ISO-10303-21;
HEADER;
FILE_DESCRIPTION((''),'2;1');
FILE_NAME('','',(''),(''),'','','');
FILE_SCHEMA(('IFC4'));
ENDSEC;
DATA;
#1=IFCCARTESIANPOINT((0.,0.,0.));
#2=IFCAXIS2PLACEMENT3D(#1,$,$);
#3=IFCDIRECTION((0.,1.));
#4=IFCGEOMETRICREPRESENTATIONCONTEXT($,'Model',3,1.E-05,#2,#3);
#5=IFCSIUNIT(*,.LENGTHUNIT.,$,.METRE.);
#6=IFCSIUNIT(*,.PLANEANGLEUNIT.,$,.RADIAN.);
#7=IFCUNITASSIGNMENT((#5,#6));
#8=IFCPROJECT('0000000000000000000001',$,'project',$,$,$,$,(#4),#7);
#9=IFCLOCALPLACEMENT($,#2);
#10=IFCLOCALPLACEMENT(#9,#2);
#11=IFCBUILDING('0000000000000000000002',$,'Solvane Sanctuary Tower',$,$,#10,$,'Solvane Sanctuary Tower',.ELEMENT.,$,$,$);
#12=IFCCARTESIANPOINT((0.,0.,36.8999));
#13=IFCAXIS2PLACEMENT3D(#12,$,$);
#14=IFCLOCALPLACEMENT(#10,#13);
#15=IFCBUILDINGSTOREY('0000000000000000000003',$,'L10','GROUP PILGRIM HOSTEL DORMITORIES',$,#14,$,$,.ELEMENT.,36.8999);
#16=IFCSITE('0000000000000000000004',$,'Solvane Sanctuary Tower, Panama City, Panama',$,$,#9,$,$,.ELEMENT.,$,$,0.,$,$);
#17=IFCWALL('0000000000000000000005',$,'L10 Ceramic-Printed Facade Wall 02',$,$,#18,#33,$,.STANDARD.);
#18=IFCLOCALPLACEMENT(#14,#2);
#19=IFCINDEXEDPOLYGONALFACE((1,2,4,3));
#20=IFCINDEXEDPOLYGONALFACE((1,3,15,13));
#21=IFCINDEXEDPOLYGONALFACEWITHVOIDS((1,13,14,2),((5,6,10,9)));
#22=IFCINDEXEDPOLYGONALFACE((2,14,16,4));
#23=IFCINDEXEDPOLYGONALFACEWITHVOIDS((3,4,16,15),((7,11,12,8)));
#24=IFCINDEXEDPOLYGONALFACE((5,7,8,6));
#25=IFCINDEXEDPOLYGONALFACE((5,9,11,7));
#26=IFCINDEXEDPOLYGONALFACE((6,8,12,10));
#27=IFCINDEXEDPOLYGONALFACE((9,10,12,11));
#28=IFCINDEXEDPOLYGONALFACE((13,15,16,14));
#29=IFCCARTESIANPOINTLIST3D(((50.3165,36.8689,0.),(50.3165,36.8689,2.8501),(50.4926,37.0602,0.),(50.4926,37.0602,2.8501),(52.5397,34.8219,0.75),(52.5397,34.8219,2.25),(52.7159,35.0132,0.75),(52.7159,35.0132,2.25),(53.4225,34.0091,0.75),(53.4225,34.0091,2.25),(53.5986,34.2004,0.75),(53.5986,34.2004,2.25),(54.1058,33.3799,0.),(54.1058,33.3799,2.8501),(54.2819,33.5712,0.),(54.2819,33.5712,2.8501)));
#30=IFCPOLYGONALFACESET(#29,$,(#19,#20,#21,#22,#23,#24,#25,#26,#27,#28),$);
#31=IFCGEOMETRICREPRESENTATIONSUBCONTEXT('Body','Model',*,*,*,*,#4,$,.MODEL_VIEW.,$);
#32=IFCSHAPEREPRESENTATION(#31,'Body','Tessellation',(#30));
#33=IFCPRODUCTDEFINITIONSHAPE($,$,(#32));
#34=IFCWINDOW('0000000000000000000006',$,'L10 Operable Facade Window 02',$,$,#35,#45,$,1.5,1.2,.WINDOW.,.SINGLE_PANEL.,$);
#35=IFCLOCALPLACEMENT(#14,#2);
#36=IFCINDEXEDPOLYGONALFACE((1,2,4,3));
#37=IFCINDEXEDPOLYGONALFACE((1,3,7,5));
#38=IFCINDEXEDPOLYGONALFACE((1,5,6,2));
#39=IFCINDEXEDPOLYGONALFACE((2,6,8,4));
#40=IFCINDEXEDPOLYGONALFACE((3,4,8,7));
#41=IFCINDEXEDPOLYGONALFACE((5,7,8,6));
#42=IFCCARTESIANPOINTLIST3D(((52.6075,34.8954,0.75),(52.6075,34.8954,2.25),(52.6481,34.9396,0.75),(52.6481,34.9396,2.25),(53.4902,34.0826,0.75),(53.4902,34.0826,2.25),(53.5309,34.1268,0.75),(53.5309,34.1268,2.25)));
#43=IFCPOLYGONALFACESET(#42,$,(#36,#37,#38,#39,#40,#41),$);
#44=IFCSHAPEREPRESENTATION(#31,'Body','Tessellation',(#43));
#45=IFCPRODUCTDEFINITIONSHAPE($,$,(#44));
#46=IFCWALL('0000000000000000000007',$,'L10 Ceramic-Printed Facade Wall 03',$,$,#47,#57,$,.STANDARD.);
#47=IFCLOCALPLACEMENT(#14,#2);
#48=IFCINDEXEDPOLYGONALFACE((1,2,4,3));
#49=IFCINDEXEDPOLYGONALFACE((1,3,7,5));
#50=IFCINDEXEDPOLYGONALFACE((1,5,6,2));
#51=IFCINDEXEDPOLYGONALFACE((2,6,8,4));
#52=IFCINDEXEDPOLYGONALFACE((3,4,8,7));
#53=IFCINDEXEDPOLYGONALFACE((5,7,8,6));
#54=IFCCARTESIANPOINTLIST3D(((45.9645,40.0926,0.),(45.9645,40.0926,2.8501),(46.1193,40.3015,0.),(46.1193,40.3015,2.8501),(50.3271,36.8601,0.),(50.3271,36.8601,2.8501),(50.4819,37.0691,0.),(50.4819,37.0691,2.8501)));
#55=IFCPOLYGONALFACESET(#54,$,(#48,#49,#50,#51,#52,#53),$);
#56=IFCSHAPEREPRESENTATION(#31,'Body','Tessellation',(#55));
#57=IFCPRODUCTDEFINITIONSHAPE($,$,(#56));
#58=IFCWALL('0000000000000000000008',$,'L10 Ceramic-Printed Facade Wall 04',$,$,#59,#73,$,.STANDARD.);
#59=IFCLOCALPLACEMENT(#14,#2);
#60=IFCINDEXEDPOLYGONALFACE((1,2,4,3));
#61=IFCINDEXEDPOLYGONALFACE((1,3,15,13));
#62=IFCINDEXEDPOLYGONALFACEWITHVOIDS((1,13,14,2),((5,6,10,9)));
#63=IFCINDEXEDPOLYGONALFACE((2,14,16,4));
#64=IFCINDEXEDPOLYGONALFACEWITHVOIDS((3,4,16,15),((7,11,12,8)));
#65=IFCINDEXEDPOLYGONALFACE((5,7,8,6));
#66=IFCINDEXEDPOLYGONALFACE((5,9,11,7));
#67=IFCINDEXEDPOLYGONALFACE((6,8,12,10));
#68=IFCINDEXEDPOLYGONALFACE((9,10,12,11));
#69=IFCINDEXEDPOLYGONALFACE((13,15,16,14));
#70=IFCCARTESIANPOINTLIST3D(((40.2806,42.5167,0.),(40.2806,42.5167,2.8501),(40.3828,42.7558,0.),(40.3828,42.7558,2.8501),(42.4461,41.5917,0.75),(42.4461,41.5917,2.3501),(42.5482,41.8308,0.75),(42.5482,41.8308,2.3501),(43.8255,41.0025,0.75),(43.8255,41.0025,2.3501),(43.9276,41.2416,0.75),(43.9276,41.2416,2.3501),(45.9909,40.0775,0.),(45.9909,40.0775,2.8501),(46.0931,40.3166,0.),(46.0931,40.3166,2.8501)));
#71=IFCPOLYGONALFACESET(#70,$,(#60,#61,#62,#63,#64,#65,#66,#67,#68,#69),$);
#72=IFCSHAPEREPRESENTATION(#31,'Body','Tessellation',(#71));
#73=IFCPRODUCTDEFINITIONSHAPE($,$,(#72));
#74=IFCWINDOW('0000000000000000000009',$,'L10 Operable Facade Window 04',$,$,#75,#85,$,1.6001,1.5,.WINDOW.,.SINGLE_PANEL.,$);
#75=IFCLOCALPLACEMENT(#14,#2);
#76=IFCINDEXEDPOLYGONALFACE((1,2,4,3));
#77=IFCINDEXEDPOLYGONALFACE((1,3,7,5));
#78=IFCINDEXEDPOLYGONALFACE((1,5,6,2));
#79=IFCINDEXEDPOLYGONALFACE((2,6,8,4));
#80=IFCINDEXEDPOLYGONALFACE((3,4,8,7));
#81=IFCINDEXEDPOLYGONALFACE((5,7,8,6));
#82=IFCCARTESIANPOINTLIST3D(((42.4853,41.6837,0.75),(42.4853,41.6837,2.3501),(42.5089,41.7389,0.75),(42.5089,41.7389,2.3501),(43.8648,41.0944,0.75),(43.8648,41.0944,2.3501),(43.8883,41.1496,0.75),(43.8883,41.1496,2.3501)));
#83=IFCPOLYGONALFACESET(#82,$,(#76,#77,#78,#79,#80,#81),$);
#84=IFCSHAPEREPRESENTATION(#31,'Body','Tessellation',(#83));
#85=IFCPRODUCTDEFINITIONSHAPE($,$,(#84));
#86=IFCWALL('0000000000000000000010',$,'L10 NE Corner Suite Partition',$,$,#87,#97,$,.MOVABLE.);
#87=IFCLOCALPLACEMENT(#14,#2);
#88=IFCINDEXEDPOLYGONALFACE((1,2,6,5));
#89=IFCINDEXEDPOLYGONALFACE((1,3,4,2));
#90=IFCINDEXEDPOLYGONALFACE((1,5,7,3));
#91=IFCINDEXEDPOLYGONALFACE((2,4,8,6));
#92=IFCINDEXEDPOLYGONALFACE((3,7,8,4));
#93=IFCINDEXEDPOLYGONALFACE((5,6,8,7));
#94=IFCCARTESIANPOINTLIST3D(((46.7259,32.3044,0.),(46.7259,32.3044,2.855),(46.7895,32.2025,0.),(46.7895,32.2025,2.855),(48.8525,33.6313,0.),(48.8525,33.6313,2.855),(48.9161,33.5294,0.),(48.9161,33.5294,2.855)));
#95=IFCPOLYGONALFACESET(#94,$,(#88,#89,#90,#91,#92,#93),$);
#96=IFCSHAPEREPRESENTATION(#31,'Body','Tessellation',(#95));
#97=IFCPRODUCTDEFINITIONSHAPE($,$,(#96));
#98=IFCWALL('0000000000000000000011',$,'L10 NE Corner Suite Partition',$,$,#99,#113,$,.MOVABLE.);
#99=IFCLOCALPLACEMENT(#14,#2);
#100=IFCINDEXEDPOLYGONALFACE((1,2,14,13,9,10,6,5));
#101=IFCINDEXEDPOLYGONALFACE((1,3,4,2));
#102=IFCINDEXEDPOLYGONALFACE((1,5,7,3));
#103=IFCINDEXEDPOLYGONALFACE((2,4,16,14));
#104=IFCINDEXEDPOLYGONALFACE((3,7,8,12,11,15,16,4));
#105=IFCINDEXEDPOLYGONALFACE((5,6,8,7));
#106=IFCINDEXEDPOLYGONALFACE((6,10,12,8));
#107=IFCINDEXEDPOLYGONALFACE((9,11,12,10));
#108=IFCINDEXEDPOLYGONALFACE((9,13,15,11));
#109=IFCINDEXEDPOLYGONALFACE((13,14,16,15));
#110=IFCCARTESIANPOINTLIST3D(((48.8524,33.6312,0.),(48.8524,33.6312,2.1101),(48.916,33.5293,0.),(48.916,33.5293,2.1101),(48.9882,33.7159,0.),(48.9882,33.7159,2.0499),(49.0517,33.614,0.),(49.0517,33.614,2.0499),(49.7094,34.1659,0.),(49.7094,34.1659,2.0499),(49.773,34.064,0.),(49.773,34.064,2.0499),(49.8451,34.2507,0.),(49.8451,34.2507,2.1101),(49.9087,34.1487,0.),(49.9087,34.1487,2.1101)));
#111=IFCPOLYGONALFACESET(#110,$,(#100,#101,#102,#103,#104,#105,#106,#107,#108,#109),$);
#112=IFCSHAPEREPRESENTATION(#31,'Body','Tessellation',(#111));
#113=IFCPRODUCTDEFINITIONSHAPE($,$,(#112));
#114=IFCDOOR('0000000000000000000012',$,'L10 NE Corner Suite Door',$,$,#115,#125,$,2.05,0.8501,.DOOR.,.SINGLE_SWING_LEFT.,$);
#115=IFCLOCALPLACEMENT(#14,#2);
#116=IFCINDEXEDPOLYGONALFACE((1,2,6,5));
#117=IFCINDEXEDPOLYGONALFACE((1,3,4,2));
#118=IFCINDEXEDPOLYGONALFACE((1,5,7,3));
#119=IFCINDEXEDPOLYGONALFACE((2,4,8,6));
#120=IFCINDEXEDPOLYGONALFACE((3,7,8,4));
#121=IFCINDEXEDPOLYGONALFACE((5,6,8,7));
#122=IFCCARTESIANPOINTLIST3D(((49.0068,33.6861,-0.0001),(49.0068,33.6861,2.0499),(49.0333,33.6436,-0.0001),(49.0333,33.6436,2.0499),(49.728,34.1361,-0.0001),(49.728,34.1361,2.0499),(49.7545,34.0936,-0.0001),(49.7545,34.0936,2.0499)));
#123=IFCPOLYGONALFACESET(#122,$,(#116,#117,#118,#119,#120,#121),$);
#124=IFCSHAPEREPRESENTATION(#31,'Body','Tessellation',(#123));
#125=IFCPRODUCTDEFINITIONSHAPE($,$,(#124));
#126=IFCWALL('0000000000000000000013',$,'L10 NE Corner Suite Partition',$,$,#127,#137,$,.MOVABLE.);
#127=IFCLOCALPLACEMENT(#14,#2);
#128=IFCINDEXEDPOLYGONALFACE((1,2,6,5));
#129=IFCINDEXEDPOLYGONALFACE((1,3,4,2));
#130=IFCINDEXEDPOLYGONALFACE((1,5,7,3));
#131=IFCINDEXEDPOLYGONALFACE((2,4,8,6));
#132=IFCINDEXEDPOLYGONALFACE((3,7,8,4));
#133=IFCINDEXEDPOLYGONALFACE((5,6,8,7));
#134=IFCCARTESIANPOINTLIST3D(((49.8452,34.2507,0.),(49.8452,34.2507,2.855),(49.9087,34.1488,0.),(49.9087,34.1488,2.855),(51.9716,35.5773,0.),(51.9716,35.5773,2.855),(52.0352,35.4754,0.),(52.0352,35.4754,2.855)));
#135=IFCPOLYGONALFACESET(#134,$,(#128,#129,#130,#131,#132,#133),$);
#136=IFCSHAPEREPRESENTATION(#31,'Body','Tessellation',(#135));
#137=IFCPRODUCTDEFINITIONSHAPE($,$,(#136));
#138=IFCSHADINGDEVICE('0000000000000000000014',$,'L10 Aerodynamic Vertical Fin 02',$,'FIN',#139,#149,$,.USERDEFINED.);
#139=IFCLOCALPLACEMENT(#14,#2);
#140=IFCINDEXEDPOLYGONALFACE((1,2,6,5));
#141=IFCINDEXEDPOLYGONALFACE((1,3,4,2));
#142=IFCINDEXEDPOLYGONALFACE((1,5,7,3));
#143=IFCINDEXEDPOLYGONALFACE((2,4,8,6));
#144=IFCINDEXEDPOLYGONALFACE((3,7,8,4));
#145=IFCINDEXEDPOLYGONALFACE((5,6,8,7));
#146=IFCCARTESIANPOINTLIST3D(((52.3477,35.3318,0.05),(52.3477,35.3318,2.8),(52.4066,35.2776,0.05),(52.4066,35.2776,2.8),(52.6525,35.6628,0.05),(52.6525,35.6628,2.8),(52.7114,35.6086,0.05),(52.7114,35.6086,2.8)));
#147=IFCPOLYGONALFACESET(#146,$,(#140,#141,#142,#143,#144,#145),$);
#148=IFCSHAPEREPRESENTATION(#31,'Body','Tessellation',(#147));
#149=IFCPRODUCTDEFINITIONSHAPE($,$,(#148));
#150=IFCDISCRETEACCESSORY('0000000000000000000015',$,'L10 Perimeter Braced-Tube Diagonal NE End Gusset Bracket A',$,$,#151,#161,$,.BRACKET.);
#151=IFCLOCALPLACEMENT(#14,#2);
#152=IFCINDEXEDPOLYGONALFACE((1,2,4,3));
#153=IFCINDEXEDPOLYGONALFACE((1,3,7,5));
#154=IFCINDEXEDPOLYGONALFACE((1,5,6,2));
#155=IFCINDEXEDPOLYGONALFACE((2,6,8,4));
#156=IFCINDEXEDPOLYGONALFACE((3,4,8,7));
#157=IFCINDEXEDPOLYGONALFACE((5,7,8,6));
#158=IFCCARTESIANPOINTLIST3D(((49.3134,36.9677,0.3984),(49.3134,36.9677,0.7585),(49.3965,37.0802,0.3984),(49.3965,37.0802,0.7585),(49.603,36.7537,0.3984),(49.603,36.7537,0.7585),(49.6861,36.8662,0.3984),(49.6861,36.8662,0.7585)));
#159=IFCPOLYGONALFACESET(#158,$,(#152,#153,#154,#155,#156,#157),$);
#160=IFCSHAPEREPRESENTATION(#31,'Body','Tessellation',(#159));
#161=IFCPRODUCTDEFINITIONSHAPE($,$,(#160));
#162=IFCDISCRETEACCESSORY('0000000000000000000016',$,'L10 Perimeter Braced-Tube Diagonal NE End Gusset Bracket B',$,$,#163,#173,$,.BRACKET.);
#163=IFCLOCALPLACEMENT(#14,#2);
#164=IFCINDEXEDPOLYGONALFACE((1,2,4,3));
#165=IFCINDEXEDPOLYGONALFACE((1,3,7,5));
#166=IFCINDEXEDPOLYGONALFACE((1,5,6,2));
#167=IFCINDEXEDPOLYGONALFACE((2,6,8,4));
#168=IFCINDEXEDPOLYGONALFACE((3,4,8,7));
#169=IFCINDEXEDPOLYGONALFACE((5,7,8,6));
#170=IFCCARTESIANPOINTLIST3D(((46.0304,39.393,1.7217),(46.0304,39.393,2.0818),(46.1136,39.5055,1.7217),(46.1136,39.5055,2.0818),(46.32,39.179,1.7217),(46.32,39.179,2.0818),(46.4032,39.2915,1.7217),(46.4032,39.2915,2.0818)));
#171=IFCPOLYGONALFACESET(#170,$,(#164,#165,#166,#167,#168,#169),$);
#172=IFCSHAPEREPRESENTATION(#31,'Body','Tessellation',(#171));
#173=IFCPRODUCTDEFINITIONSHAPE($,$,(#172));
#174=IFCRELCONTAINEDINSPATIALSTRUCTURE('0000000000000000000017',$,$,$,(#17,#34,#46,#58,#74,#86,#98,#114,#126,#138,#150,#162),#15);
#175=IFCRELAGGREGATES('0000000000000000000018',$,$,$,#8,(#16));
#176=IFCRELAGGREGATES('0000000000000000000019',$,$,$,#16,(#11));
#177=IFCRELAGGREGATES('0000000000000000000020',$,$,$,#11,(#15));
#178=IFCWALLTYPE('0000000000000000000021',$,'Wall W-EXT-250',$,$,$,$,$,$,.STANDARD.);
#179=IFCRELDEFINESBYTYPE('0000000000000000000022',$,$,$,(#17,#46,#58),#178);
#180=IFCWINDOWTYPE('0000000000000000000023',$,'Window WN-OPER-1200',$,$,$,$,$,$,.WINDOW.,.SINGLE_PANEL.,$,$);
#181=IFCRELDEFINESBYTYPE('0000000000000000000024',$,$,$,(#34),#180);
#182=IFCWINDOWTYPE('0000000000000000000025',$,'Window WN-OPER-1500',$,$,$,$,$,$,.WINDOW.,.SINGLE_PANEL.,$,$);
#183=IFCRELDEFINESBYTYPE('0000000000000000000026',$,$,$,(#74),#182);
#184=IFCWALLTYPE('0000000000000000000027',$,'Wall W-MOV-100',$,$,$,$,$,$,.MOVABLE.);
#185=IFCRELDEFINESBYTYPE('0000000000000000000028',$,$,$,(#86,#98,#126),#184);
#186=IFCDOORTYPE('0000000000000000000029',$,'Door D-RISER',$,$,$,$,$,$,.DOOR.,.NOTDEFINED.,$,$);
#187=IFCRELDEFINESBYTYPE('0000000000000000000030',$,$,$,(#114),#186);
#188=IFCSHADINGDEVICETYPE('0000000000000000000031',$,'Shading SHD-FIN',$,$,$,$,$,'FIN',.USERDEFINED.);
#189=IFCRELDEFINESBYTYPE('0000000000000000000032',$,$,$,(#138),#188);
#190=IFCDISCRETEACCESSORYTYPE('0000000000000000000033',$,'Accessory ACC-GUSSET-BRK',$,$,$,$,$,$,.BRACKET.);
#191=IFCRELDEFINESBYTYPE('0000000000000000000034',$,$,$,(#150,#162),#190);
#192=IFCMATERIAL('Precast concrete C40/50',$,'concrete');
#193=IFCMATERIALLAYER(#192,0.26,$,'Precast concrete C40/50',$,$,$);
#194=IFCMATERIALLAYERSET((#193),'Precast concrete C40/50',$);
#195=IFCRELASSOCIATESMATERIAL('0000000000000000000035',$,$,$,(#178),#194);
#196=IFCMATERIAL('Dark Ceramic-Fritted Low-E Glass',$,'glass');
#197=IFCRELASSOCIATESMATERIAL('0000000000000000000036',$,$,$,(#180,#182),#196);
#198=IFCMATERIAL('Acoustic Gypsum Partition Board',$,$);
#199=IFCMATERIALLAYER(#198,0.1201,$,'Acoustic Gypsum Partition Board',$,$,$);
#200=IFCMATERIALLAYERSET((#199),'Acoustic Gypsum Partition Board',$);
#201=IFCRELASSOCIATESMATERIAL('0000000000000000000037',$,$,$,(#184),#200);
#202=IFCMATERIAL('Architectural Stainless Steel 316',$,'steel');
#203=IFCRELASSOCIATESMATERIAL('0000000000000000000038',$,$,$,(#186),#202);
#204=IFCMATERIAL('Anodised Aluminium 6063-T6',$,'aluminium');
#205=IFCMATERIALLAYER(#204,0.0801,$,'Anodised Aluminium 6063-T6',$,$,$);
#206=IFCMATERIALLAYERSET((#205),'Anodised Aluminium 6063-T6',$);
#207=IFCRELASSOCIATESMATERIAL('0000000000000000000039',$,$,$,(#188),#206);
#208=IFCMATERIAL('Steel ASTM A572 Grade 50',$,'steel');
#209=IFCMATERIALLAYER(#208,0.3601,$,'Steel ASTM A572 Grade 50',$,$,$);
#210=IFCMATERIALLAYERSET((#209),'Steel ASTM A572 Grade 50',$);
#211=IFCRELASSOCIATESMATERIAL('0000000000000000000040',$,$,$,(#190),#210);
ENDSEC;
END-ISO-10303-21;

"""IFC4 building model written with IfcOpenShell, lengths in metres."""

from ifc_helpers import new_model, si_unit, direction, frame, frame_2d, origin, origin_2d, place, context, subcontext, project, spatial, rectangle, extrude, material, layer, layer_set, type_object, element, fill, save


model = new_model("IFC4")

# Units and contexts
model_context = context("Model", 3, precision=1e-05, world=origin(), true_north=direction((0.0, 1.0)))
body_context = subcontext(model_context, "Body", "Model", "MODEL_VIEW")
ifc_project = project(units=[si_unit("LENGTHUNIT", "METRE"), si_unit("PLANEANGLEUNIT", "RADIAN")], contexts=[model_context])

# Site, building, storey
site_placement = place(None, origin())
site = spatial("IfcSite", under=ifc_project, at=site_placement, Name="Solvane Sanctuary Tower, Panama City, Panama", CompositionType="ELEMENT", RefElevation=0.0)
building_placement = place(site_placement, origin())
building = spatial("IfcBuilding", under=site, at=building_placement, Name="Solvane Sanctuary Tower", LongName="Solvane Sanctuary Tower", CompositionType="ELEMENT")
storey_placement = place(building_placement, frame((0.0, 0.0, 36.8999)))
storey = spatial("IfcBuildingStorey", under=building, at=storey_placement, Name="L10", Description="GROUP PILGRIM HOSTEL DORMITORIES", CompositionType="ELEMENT", Elevation=36.8999)

# Shared definitions
ifc_material_1 = material(Name="Anodised Aluminium 6063-T6", Category="aluminium")

# Shared definitions
ifc_material_2 = material(Name="Dark Ceramic-Fritted Low-E Glass", Category="glass")

# Shared definitions
ifc_material_3 = material(Name="Acoustic Gypsum Partition Board")

# Wall, opening, window
ifc_material_4 = material(Name="Precast concrete C40/50", Category="concrete")
ifc_layer_1 = layer(ifc_material_4, 0.26, Name="Precast concrete C40/50")
ifc_layer_set_1 = layer_set([ifc_layer_1], Name="Precast concrete C40/50")
wall_type_1 = type_object("IfcWallType", Name="Wall W-EXT-250", PredefinedType="STANDARD", material=ifc_layer_set_1)
wall_1_placement = place(storey_placement, frame((54.1938, 33.4756, 0.0), z_axis=(0.0, 0.0, 1.0), x_axis=(-0.735655, 0.677356, 0.0)))
wall_1 = element("IfcWall", 1, at=wall_1_placement, inside=storey, type_object=wall_type_1, Name="L10 Ceramic-Printed Facade Wall 02", PredefinedType="STANDARD", context=body_context, shape_type="SweptSolid", body=[
    extrude(rectangle(XDim=5.1509, YDim=0.26, at=frame_2d((2.5754, 0.0))), origin(), (0.0, 0.0, 1.0), 2.8501),
])
opening_1_placement = place(wall_1_placement, frame((0.9287, 0.0, 0.75)))
opening_1 = element("IfcOpeningElement", 2, at=opening_1_placement, cuts=wall_1, PredefinedType="OPENING", context=body_context, shape_type="SweptSolid", body=[
    extrude(rectangle(XDim=1.2, YDim=1.5, at=frame_2d((0.6001, 0.75))), frame((0.0, 0.1399, 0.0), z_axis=(0.0, -1.0, 0.0), x_axis=(1.0, 0.0, 0.0)), (0.0, 0.0, 1.0), 0.28),
])
window_type_1 = type_object("IfcWindowType", Name="Window WN-OPER-1200", PartitioningType="SINGLE_PANEL", PredefinedType="WINDOW", material=ifc_material_2)
window_1_placement = place(opening_1_placement, origin())
window_1 = element("IfcWindow", 3, at=window_1_placement, inside=storey, type_object=window_type_1, Name="L10 Operable Facade Window 02", OverallHeight=1.5, OverallWidth=1.2, PartitioningType="SINGLE_PANEL", PredefinedType="WINDOW", context=body_context, shape_type="SweptSolid", body=[
    extrude(rectangle(XDim=1.2, YDim=1.5, at=frame_2d((0.6001, 0.75))), frame((0.0, 0.03, 0.0), z_axis=(0.0, -1.0, 0.0), x_axis=(1.0, 0.0, 0.0)), (0.0, 0.0, 1.0), 0.0601),
])
fill(opening_1, window_1)

# Wall
wall_2_placement = place(storey_placement, frame((50.4045, 36.9646, 0.0), z_axis=(0.0, 0.0, 1.0), x_axis=(-0.803478, 0.595335, 0.0)))
element("IfcWall", 4, at=wall_2_placement, inside=storey, type_object=wall_type_1, Name="L10 Ceramic-Printed Facade Wall 03", PredefinedType="STANDARD", context=body_context, shape_type="SweptSolid", body=[
    extrude(rectangle(XDim=5.4297, YDim=0.26, at=frame_2d((2.7148, 0.0))), origin(), (0.0, 0.0, 1.0), 2.8501),
])

# Wall, opening, window
wall_3_placement = place(storey_placement, frame((46.042, 40.197, 0.0), z_axis=(0.0, 0.0, 1.0), x_axis=(-0.919612, 0.392828, 0.0)))
wall_3 = element("IfcWall", 5, at=wall_3_placement, inside=storey, type_object=wall_type_1, Name="L10 Ceramic-Printed Facade Wall 04", PredefinedType="STANDARD", context=body_context, shape_type="SweptSolid", body=[
    extrude(rectangle(XDim=6.2095, YDim=0.26, at=frame_2d((3.1047, 0.0))), origin(), (0.0, 0.0, 1.0), 2.8501),
])
opening_2_placement = place(wall_3_placement, frame((2.3547, 0.0, 0.75)))
opening_2 = element("IfcOpeningElement", 6, at=opening_2_placement, cuts=wall_3, PredefinedType="OPENING", context=body_context, shape_type="SweptSolid", body=[
    extrude(rectangle(XDim=1.5, YDim=1.6001, at=frame_2d((0.75, 0.8))), frame((0.0, 0.1399, 0.0), z_axis=(0.0, -1.0, 0.0), x_axis=(1.0, 0.0, 0.0)), (0.0, 0.0, 1.0), 0.28),
])
window_type_2 = type_object("IfcWindowType", Name="Window WN-OPER-1500", PartitioningType="SINGLE_PANEL", PredefinedType="WINDOW", material=ifc_material_2)
window_2_placement = place(opening_2_placement, origin())
window_2 = element("IfcWindow", 7, at=window_2_placement, inside=storey, type_object=window_type_2, Name="L10 Operable Facade Window 04", OverallHeight=1.6001, OverallWidth=1.5, PartitioningType="SINGLE_PANEL", PredefinedType="WINDOW", context=body_context, shape_type="SweptSolid", body=[
    extrude(rectangle(XDim=1.5, YDim=1.6001, at=frame_2d((0.75, 0.8))), frame((0.0, 0.03, 0.0), z_axis=(0.0, -1.0, 0.0), x_axis=(1.0, 0.0, 0.0)), (0.0, 0.0, 1.0), 0.0601),
])
fill(opening_2, window_2)

# Wall
ifc_layer_2 = layer(ifc_material_3, 0.1201, Name="Acoustic Gypsum Partition Board")
ifc_layer_set_2 = layer_set([ifc_layer_2], Name="Acoustic Gypsum Partition Board")
wall_type_2 = type_object("IfcWallType", Name="Wall W-MOV-100", PredefinedType="MOVABLE", material=ifc_layer_set_2)
wall_4_placement = place(storey_placement, frame((46.7576, 32.2534, 0.0), z_axis=(0.0, 0.0, 1.0), x_axis=(0.848408, 0.529342, 0.0)))
element("IfcWall", 8, at=wall_4_placement, inside=storey, type_object=wall_type_2, Name="L10 NE Corner Suite Partition", PredefinedType="MOVABLE", context=body_context, shape_type="SweptSolid", body=[
    extrude(rectangle(XDim=2.5066, YDim=0.1201, at=frame_2d((1.2534, 0.0))), origin(), (0.0, 0.0, 1.0), 2.855),
])

# Wall, opening, door
wall_5_placement = place(storey_placement, frame((48.8843, 33.5803, 0.0), z_axis=(0.0, 0.0, 1.0), x_axis=(0.848397, 0.529361, 0.0)))
wall_5 = element("IfcWall", 9, at=wall_5_placement, inside=storey, type_object=wall_type_2, Name="L10 NE Corner Suite Partition", PredefinedType="MOVABLE", context=body_context, shape_type="SweptSolid", body=[
    extrude(rectangle(XDim=1.1702, YDim=0.1201, at=frame_2d((0.585, 0.0))), origin(), (0.0, 0.0, 1.0), 2.1101),
])
opening_3_placement = place(wall_5_placement, frame((0.1599, 0.0, 0.0)))
opening_3 = element("IfcOpeningElement", 10, at=opening_3_placement, cuts=wall_5, PredefinedType="OPENING", context=body_context, shape_type="SweptSolid", body=[
    extrude(rectangle(XDim=0.8501, YDim=2.05, at=frame_2d((0.425, 1.0249))), frame((0.0, 0.0701, 0.0), z_axis=(0.0, -1.0, 0.0), x_axis=(1.0, 0.0, 0.0)), (0.0, 0.0, 1.0), 0.1401),
])
ifc_material_5 = material(Name="Architectural Stainless Steel 316", Category="steel")
door_type = type_object("IfcDoorType", Name="Door D-RISER", OperationType="NOTDEFINED", PredefinedType="DOOR", material=ifc_material_5)
door_placement = place(opening_3_placement, origin())
door = element("IfcDoor", 11, at=door_placement, inside=storey, type_object=door_type, Name="L10 NE Corner Suite Door", OperationType="SINGLE_SWING_LEFT", OverallHeight=2.05, OverallWidth=0.8501, PredefinedType="DOOR", context=body_context, shape_type="SweptSolid", body=[
    extrude(rectangle(XDim=0.8501, YDim=2.05, at=frame_2d((0.425, 1.0249))), frame((0.0, 0.0249, 0.0), z_axis=(0.0, -1.0, 0.0), x_axis=(1.0, 0.0, 0.0)), (0.0, 0.0, 1.0), 0.05),
])
fill(opening_3, door)

# Wall
wall_6_placement = place(storey_placement, frame((49.877, 34.1997, 0.0), z_axis=(0.0, 0.0, 1.0), x_axis=(0.848425, 0.529316, 0.0)))
element("IfcWall", 12, at=wall_6_placement, inside=storey, type_object=wall_type_2, Name="L10 NE Corner Suite Partition", PredefinedType="MOVABLE", context=body_context, shape_type="SweptSolid", body=[
    extrude(rectangle(XDim=2.5063, YDim=0.1201, at=frame_2d((1.2532, 0.0))), origin(), (0.0, 0.0, 1.0), 2.855),
])

# Shading device
ifc_layer_3 = layer(ifc_material_1, 0.0801, Name="Anodised Aluminium 6063-T6")
ifc_layer_set_3 = layer_set([ifc_layer_3], Name="Anodised Aluminium 6063-T6")
shading_device_type = type_object("IfcShadingDeviceType", Name="Shading SHD-FIN", ElementType="FIN", PredefinedType="USERDEFINED", material=ifc_layer_set_3)
shading_device_placement = place(storey_placement, frame((52.5295, 35.4702, 0.05), z_axis=(0.0, 0.0, 1.0), x_axis=(-0.735656, 0.677355, 0.0)))
element("IfcShadingDevice", 13, at=shading_device_placement, inside=storey, type_object=shading_device_type, Name="L10 Aerodynamic Vertical Fin 02", ObjectType="FIN", PredefinedType="USERDEFINED", context=body_context, shape_type="SweptSolid", body=[
    extrude(rectangle(XDim=0.0801, YDim=0.45, at=origin_2d()), origin(), (0.0, 0.0, 1.0), 2.75),
])

# Discrete accessories
ifc_material_6 = material(Name="Steel ASTM A572 Grade 50", Category="steel")
ifc_layer_4 = layer(ifc_material_6, 0.3601, Name="Steel ASTM A572 Grade 50")
ifc_layer_set_4 = layer_set([ifc_layer_4], Name="Steel ASTM A572 Grade 50")
discrete_accessory_type_1 = type_object("IfcDiscreteAccessoryType", Name="Accessory ACC-GUSSET-BRK", PredefinedType="BRACKET", material=ifc_layer_set_4)
for number, where, z_axis, x_axis, name in (
    (14, (49.4998, 36.917, 0.3984), (0.0, 0.0, 1.0), (-0.804272, 0.594261, 0.0), "L10 Perimeter Braced-Tube Diagonal NE End Gusset Bracket A"),
    (15, (46.2168, 39.3423, 1.7217), (0.0, 0.0, 1.0), (-0.804272, 0.594261, 0.0), "L10 Perimeter Braced-Tube Diagonal NE End Gusset Bracket B"),
):
    element("IfcDiscreteAccessory", number, at=place(storey_placement, frame(where, z_axis=z_axis, x_axis=x_axis)), inside=storey, type_object=discrete_accessory_type_1, Name=name, PredefinedType="BRACKET", context=body_context, shape_type="SweptSolid", body=[
        extrude(rectangle(XDim=0.3601, YDim=0.1399, at=origin_2d()), origin(), (0.0, 0.0, 1.0), 0.3601),
    ])

save(model, "model.ifc")
